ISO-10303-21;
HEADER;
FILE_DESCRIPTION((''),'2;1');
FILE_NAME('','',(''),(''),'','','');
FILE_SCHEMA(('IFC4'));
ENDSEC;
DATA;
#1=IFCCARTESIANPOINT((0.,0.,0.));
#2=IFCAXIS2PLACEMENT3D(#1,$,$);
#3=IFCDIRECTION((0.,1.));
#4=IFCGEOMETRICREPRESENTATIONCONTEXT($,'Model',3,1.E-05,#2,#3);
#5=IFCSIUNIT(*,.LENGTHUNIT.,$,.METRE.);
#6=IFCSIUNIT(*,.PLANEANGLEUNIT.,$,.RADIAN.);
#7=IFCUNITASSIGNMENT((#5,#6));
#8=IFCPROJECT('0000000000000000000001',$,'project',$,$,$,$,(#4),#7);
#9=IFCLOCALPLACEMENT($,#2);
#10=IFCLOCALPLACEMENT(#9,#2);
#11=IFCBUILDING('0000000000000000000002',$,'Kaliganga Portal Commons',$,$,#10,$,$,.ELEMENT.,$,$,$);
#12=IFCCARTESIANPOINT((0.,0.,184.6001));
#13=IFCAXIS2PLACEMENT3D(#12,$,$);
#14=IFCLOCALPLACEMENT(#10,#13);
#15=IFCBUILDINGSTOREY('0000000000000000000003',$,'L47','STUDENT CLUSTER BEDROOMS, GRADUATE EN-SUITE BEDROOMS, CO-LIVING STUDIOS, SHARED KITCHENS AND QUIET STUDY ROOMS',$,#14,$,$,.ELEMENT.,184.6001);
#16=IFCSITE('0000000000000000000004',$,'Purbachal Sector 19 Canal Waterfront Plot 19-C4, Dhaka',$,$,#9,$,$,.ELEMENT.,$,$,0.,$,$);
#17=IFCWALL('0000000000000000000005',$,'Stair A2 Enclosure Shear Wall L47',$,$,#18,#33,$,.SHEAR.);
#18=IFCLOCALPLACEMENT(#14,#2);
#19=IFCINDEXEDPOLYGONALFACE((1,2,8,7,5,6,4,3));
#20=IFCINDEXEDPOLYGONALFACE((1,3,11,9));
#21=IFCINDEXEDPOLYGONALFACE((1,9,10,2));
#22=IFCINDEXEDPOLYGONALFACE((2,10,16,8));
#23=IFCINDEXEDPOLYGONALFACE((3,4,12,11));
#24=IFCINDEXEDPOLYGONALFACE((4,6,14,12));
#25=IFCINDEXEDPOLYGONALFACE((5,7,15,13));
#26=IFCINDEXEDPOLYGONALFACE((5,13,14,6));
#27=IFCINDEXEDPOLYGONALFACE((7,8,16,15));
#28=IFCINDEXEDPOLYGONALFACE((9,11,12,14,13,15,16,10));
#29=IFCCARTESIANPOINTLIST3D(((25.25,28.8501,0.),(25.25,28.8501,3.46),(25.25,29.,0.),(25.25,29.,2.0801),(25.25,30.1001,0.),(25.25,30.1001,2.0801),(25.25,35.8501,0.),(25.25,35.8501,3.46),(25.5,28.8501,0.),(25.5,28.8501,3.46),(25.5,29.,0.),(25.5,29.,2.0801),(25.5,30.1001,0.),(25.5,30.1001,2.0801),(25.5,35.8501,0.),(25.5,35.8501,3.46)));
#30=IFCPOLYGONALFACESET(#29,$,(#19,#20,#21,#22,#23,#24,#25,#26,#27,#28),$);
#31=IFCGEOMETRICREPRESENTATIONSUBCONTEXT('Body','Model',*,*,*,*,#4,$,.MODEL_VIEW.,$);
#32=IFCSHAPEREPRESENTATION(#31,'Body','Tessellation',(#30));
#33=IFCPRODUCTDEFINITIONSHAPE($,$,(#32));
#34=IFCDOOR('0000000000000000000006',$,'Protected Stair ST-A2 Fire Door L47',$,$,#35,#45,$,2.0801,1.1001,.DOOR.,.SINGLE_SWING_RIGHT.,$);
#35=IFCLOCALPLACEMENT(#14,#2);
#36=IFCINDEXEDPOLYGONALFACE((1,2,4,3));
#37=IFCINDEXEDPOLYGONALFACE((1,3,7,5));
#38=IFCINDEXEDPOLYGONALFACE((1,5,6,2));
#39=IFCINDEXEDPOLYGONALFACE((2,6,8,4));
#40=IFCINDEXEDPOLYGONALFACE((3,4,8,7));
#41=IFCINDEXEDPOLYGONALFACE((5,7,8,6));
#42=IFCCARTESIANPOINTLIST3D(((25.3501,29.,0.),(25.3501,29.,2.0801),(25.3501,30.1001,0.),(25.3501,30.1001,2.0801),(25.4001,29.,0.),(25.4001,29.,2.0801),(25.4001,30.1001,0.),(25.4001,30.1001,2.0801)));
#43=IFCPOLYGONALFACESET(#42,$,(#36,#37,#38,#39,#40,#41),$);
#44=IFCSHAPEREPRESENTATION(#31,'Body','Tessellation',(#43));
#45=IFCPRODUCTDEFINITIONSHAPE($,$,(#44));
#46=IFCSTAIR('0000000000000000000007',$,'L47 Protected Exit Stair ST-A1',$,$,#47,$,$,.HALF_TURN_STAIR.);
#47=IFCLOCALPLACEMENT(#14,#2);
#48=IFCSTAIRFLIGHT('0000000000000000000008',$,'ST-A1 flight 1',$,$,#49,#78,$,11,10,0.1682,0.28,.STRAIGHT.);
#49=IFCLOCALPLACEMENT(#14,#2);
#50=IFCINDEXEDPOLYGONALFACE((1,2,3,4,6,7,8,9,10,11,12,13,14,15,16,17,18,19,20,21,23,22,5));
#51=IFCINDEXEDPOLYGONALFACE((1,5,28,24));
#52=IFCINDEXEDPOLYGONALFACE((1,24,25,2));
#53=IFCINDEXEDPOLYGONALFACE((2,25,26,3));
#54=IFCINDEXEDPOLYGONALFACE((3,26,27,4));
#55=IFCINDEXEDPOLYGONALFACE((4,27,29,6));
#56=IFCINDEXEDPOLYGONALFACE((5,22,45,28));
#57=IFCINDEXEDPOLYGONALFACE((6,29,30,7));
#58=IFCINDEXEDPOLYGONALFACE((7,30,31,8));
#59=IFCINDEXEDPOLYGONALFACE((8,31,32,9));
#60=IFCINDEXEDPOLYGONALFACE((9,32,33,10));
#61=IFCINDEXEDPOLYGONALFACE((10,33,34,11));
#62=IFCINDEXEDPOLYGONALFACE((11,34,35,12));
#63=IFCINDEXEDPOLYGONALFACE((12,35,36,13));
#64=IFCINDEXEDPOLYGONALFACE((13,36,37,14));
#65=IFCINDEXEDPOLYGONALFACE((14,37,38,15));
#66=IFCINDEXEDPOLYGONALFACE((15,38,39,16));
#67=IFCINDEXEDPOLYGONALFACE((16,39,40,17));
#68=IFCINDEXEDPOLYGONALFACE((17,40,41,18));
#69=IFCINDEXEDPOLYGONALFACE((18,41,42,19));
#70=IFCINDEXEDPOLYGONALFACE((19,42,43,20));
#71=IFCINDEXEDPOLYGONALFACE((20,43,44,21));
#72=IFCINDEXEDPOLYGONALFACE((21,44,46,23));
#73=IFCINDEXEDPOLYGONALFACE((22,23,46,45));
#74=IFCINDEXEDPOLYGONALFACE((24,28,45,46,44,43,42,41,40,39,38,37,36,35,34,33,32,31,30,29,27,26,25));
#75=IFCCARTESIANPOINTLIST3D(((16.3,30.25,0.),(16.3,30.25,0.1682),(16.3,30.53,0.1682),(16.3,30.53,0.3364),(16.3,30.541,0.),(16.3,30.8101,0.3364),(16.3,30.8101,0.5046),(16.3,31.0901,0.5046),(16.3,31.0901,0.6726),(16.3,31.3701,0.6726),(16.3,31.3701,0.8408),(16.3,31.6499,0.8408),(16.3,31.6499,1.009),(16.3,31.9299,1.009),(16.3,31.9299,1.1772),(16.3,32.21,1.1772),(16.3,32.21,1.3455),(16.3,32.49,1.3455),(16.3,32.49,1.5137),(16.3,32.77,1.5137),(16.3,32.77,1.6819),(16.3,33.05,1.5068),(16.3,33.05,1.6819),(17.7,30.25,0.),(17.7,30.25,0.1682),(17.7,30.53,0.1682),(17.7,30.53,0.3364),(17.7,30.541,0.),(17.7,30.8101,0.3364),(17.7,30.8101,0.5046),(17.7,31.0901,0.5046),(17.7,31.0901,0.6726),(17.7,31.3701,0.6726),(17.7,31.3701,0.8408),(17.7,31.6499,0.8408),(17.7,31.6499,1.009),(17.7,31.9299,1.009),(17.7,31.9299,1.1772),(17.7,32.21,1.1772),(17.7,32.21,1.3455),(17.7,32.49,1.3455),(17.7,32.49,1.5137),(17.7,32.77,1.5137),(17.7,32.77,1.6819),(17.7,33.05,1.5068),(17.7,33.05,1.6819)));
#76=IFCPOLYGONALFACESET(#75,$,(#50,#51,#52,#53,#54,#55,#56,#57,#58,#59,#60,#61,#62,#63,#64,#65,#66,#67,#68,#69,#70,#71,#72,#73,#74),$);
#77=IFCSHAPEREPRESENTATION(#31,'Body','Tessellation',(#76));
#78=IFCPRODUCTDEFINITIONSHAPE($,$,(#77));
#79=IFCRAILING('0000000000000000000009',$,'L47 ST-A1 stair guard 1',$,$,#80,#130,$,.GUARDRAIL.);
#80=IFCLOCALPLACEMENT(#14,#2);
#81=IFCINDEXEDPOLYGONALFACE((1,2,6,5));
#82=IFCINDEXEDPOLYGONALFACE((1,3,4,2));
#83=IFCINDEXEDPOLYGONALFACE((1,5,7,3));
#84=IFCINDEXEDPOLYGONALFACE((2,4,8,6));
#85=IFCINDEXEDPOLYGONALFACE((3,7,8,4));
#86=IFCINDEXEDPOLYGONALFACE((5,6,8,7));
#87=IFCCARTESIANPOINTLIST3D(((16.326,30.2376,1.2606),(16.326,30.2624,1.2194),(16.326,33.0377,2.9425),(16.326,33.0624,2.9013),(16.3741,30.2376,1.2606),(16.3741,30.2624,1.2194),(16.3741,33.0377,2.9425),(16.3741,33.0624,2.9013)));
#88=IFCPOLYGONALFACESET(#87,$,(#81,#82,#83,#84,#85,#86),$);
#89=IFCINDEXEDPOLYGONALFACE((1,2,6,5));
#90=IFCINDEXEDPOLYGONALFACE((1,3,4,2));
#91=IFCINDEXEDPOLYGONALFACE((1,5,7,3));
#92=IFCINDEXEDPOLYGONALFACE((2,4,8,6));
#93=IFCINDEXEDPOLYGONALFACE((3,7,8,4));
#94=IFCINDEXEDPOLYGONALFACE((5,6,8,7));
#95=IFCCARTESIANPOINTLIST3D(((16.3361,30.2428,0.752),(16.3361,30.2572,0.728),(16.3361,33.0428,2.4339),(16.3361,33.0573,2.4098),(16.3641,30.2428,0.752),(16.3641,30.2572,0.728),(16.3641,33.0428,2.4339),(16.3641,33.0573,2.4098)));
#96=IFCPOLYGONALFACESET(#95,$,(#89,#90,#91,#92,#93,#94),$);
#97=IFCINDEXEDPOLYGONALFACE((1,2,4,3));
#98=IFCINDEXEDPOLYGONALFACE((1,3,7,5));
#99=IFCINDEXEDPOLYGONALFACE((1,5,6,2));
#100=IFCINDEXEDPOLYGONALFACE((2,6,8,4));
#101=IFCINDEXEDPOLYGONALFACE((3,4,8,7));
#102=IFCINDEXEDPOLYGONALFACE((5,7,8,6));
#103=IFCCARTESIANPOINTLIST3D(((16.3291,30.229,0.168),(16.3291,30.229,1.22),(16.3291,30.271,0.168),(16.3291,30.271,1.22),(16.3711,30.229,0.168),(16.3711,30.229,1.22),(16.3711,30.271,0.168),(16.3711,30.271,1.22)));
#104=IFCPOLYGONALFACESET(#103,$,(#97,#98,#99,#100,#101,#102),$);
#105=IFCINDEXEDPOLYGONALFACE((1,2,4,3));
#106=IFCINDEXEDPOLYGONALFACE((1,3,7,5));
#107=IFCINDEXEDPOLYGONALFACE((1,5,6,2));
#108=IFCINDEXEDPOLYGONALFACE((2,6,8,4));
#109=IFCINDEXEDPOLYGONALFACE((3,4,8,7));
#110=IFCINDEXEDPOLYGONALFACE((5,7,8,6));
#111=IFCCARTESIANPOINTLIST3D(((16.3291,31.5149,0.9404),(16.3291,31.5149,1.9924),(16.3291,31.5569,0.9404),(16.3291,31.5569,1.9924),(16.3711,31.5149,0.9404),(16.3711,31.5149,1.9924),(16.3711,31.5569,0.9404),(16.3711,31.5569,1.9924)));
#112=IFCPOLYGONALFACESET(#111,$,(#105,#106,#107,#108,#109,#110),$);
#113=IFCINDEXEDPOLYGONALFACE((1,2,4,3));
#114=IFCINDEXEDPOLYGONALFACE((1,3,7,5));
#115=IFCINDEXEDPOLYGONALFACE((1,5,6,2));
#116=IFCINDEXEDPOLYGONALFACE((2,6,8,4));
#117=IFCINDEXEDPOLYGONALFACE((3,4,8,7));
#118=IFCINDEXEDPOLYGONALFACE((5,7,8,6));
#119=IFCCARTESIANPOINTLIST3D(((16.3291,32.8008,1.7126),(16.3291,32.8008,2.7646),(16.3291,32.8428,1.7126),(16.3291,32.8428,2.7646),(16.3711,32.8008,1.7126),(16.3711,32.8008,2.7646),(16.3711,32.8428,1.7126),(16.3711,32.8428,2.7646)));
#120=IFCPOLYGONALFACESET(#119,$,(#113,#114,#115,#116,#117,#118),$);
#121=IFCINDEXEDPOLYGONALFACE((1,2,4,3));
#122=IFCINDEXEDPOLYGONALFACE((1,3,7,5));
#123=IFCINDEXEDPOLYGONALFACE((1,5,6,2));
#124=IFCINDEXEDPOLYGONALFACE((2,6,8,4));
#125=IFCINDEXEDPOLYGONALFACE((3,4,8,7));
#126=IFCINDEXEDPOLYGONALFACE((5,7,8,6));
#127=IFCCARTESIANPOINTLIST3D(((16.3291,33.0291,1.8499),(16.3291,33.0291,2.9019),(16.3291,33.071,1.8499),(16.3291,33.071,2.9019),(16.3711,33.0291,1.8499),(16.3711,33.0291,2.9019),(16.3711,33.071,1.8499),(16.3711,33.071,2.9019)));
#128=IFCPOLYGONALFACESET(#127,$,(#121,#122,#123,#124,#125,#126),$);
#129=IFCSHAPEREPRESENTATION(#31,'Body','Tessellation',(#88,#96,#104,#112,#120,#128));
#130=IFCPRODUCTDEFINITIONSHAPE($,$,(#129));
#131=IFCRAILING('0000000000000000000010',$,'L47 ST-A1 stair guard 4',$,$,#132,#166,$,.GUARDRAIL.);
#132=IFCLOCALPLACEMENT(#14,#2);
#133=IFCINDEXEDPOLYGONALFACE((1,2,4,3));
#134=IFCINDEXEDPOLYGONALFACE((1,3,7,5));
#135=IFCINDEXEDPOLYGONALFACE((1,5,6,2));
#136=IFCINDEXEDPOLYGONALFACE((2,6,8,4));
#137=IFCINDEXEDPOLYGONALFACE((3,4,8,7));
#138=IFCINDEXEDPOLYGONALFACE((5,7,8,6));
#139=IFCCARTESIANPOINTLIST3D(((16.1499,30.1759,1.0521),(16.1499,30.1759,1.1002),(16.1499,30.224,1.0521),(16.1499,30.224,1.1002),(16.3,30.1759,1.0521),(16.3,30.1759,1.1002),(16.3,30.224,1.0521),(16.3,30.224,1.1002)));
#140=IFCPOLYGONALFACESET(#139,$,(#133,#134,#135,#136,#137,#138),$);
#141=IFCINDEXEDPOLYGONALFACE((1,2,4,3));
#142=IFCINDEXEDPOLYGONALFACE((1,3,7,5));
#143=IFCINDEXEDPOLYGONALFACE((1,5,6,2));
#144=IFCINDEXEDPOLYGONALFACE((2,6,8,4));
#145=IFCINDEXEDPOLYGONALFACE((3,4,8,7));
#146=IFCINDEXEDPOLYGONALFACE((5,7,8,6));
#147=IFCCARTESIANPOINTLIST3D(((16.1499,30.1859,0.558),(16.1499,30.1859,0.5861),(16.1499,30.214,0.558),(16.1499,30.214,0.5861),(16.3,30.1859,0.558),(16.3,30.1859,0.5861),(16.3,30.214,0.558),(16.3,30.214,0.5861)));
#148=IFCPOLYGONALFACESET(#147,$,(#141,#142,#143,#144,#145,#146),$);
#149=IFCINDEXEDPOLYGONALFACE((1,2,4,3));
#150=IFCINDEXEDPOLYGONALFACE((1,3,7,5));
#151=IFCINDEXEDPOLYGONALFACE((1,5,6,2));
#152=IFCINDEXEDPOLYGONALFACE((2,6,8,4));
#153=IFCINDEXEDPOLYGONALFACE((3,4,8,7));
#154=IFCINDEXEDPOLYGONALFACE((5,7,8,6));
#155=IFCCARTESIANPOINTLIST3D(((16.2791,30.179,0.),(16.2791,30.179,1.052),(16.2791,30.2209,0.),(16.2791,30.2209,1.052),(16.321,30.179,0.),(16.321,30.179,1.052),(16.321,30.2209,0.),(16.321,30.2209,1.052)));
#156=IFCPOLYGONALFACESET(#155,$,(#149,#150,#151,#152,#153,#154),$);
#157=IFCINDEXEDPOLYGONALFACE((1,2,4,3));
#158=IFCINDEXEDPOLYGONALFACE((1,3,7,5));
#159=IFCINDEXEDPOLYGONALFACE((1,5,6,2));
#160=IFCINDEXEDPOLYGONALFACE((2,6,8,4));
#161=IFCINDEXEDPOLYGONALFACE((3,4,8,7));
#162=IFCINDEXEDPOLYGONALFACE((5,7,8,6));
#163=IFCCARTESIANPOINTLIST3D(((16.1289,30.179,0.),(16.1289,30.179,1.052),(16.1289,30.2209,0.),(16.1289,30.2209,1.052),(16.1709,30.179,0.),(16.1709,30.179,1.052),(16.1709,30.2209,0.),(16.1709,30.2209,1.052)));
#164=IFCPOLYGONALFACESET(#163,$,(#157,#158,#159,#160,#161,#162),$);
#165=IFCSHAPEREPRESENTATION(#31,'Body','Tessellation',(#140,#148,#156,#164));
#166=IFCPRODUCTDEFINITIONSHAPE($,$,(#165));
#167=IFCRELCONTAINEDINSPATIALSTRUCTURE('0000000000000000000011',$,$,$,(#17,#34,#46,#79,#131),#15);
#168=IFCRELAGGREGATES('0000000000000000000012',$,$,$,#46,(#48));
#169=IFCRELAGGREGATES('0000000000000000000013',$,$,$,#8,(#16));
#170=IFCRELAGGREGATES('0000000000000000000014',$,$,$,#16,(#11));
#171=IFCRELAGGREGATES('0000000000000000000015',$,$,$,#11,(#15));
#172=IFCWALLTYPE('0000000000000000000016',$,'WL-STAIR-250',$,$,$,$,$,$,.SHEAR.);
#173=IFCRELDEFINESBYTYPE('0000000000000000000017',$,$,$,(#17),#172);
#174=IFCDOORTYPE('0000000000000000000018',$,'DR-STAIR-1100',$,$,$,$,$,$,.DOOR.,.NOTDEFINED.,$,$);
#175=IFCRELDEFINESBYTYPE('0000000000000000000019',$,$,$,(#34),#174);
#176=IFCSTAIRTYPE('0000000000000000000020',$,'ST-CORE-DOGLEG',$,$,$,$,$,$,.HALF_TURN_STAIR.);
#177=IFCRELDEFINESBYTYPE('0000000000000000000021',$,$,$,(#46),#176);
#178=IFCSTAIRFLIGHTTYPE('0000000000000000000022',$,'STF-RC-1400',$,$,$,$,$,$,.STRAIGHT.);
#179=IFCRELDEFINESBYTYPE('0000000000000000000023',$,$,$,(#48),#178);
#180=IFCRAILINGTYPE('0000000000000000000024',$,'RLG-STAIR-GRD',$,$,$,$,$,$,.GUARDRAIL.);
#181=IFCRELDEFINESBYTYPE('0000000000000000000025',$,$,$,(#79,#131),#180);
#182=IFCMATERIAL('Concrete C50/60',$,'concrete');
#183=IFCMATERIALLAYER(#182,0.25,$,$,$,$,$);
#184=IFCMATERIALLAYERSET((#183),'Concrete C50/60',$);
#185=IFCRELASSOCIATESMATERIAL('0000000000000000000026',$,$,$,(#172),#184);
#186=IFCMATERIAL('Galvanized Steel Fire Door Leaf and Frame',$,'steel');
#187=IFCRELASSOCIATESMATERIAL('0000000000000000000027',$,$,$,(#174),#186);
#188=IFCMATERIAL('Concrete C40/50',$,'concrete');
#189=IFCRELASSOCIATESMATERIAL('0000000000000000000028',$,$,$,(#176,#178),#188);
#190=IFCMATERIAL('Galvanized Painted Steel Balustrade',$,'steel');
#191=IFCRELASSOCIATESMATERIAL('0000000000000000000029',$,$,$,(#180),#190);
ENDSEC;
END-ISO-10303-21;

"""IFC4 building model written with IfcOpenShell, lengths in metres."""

from ifc_helpers import new_model, si_unit, direction, frame, frame_2d, origin, origin_2d, place, context, subcontext, project, spatial, polyline, rectangle, outline, extrude, material, layer, layer_set, type_object, element, fill, aggregate, save


model = new_model("IFC4")

# Units and contexts
model_context = context("Model", 3, precision=1e-05, world=origin(), true_north=direction((0.0, 1.0)))
body_context = subcontext(model_context, "Body", "Model", "MODEL_VIEW")
ifc_project = project(units=[si_unit("LENGTHUNIT", "METRE"), si_unit("PLANEANGLEUNIT", "RADIAN")], contexts=[model_context])

# Site, building, storey
site_placement = place(None, origin())
site = spatial("IfcSite", under=ifc_project, at=site_placement, Name="Purbachal Sector 19 Canal Waterfront Plot 19-C4, Dhaka", CompositionType="ELEMENT", RefElevation=0.0)
building_placement = place(site_placement, origin())
building = spatial("IfcBuilding", under=site, at=building_placement, Name="Kaliganga Portal Commons", CompositionType="ELEMENT")
storey_placement = place(building_placement, frame((0.0, 0.0, 184.6001)))
storey = spatial("IfcBuildingStorey", under=building, at=storey_placement, Name="L47", Description="STUDENT CLUSTER BEDROOMS, GRADUATE EN-SUITE BEDROOMS, CO-LIVING STUDIOS, SHARED KITCHENS AND QUIET STUDY ROOMS", CompositionType="ELEMENT", Elevation=184.6001)

# Shared definitions
ifc_material_1 = material(Name="Concrete C50/60", Category="concrete")

# Wall, opening, door
ifc_layer_1 = layer(ifc_material_1, 0.25)
ifc_layer_set_1 = layer_set([ifc_layer_1], Name="Concrete C50/60")
wall_type_1 = type_object("IfcWallType", Name="WL-STAIR-250", PredefinedType="SHEAR", material=ifc_layer_set_1)
ifc_material_2 = material(Name="Galvanized Steel Fire Door Leaf and Frame", Category="steel")
door_type_1 = type_object("IfcDoorType", Name="DR-STAIR-1100", OperationType="NOTDEFINED", PredefinedType="DOOR", material=ifc_material_2)
wall_1_placement = place(storey_placement, frame((25.375, 28.8501, 0.0), z_axis=(0.0, 0.0, 1.0), x_axis=(0.0, 1.0, 0.0)))
wall_1 = element("IfcWall", 1, at=wall_1_placement, inside=storey, type_object=wall_type_1, Name="Stair A2 Enclosure Shear Wall L47", PredefinedType="SHEAR", context=body_context, shape_type="SweptSolid", body=[
    extrude(rectangle(XDim=7.0, YDim=0.25, at=frame_2d((3.5, 0.0))), origin(), (0.0, 0.0, 1.0), 3.46),
])
opening_1_placement = place(wall_1_placement, frame((0.1499, 0.0, 0.0)))
opening_1 = element("IfcOpeningElement", 2, at=opening_1_placement, cuts=wall_1, PredefinedType="OPENING", context=body_context, shape_type="SweptSolid", body=[
    extrude(rectangle(XDim=1.1001, YDim=2.0801, at=frame_2d((0.55, 1.04))), frame((0.0, 0.135, 0.0), z_axis=(0.0, -1.0, 0.0), x_axis=(1.0, 0.0, 0.0)), (0.0, 0.0, 1.0), 0.27),
])
door_1_placement = place(opening_1_placement, origin())
door_1 = element("IfcDoor", 3, at=door_1_placement, inside=storey, type_object=door_type_1, Name="Protected Stair ST-A2 Fire Door L47", OperationType="SINGLE_SWING_RIGHT", OverallHeight=2.0801, OverallWidth=1.1001, PredefinedType="DOOR", context=body_context, shape_type="SweptSolid", body=[
    extrude(rectangle(XDim=1.1001, YDim=2.0801, at=frame_2d((0.55, 1.04))), frame((0.0, 0.0249, 0.0), z_axis=(0.0, -1.0, 0.0), x_axis=(1.0, 0.0, 0.0)), (0.0, 0.0, 1.0), 0.05),
])
fill(opening_1, door_1)

# Stair, stair flight
ifc_material_3 = material(Name="Concrete C40/50", Category="concrete")
stair_type = type_object("IfcStairType", Name="ST-CORE-DOGLEG", PredefinedType="HALF_TURN_STAIR", material=ifc_material_3)
stair_placement = place(storey_placement, origin())
stair = element("IfcStair", 4, at=stair_placement, inside=storey, type_object=stair_type, Name="L47 Protected Exit Stair ST-A1", PredefinedType="HALF_TURN_STAIR")
stair_flight_type = type_object("IfcStairFlightType", Name="STF-RC-1400", PredefinedType="STRAIGHT", material=ifc_material_3)
stair_flight_placement = place(storey_placement, frame((17.0, 30.25, 0.0), z_axis=(0.0, 0.0, 1.0), x_axis=(0.0, 1.0, 0.0)))
stair_flight = element("IfcStairFlight", 5, at=stair_flight_placement, type_object=stair_flight_type, Name="ST-A1 flight 1", NumberOfRisers=11, NumberOfTreads=10, PredefinedType="STRAIGHT", RiserHeight=0.1682, TreadLength=0.28, context=body_context, shape_type="SweptSolid", body=[
    extrude(outline(polyline([(0.0, 0.0), (0.0, 0.1682), (0.28, 0.1682), (0.28, 0.3364), (0.5601, 0.3364), (0.5601, 0.5046), (0.8401, 0.5046), (0.8401, 0.6726), (1.1201, 0.6726), (1.1201, 0.8408), (1.3999, 0.8408), (1.3999, 1.009), (1.6799, 1.009), (1.6799, 1.1772), (1.96, 1.1772), (1.96, 1.3455), (2.24, 1.3455), (2.24, 1.5137), (2.52, 1.5137), (2.52, 1.6819), (2.8, 1.6819), (2.8, 1.8501), (2.8, 1.5068), (0.291, 0.0), (0.0, 0.0)])), frame((0.0, 0.7, 0.0), z_axis=(0.0, -1.0, 0.0), x_axis=(1.0, 0.0, 0.0)), (0.0, 0.0, 1.0), 1.3999),
])
aggregate(stair, [stair_flight])

# Railings
ifc_material_4 = material(Name="Galvanized Painted Steel Balustrade", Category="steel")
railing_type_1 = type_object("IfcRailingType", Name="RLG-STAIR-GRD", PredefinedType="GUARDRAIL", material=ifc_material_4)
railing_1_placement = place(storey_placement, frame((16.3501, 30.25, 0.168)))
element("IfcRailing", 6, at=railing_1_placement, inside=storey, type_object=railing_type_1, Name="L47 ST-A1 stair guard 1", PredefinedType="GUARDRAIL", context=body_context, shape_type="SweptSolid", body=[
    extrude(rectangle(XDim=0.0481, YDim=0.0481, at=origin_2d()), frame((0.0, 0.0, 1.072), z_axis=(0.0, 0.857242, 0.514913), x_axis=(-1.0, 0.0, 0.0)), (0.0, 0.0, 1.0), 3.2664),
    extrude(rectangle(XDim=0.0281, YDim=0.0281, at=origin_2d()), frame((0.0, 0.0, 0.572), z_axis=(0.0, 0.857242, 0.514913), x_axis=(-1.0, 0.0, 0.0)), (0.0, 0.0, 1.0), 3.2664),
    extrude(rectangle(XDim=0.042, YDim=0.042, at=origin_2d()), origin(), (0.0, 0.0, 1.0), 1.052),
    extrude(rectangle(XDim=0.042, YDim=0.042, at=origin_2d()), frame((0.0, 1.2859, 0.7725)), (0.0, 0.0, 1.0), 1.052),
    extrude(rectangle(XDim=0.042, YDim=0.042, at=origin_2d()), frame((0.0, 2.5718, 1.5447)), (0.0, 0.0, 1.0), 1.052),
    extrude(rectangle(XDim=0.042, YDim=0.042, at=origin_2d()), frame((0.0, 2.8, 1.6819)), (0.0, 0.0, 1.0), 1.052),
])
railing_2_placement = place(storey_placement, frame((16.3, 30.2, 0.0)))
element("IfcRailing", 7, at=railing_2_placement, inside=storey, type_object=railing_type_1, Name="L47 ST-A1 stair guard 4", PredefinedType="GUARDRAIL", context=body_context, shape_type="SweptSolid", body=[
    extrude(rectangle(XDim=0.0481, YDim=0.0481, at=origin_2d()), frame((0.0, 0.0, 1.0762), z_axis=(-1.0, 0.0, 0.0), x_axis=(0.0, -1.0, 0.0)), (0.0, 0.0, 1.0), 0.1501),
    extrude(rectangle(XDim=0.0281, YDim=0.0281, at=origin_2d()), frame((0.0, 0.0, 0.572), z_axis=(-1.0, 0.0, 0.0), x_axis=(0.0, -1.0, 0.0)), (0.0, 0.0, 1.0), 0.1501),
    extrude(rectangle(XDim=0.042, YDim=0.042, at=origin_2d()), origin(), (0.0, 0.0, 1.0), 1.052),
    extrude(rectangle(XDim=0.042, YDim=0.042, at=origin_2d()), frame((-0.1501, 0.0, 0.0)), (0.0, 0.0, 1.0), 1.052),
])

save(model, "model.ifc")
